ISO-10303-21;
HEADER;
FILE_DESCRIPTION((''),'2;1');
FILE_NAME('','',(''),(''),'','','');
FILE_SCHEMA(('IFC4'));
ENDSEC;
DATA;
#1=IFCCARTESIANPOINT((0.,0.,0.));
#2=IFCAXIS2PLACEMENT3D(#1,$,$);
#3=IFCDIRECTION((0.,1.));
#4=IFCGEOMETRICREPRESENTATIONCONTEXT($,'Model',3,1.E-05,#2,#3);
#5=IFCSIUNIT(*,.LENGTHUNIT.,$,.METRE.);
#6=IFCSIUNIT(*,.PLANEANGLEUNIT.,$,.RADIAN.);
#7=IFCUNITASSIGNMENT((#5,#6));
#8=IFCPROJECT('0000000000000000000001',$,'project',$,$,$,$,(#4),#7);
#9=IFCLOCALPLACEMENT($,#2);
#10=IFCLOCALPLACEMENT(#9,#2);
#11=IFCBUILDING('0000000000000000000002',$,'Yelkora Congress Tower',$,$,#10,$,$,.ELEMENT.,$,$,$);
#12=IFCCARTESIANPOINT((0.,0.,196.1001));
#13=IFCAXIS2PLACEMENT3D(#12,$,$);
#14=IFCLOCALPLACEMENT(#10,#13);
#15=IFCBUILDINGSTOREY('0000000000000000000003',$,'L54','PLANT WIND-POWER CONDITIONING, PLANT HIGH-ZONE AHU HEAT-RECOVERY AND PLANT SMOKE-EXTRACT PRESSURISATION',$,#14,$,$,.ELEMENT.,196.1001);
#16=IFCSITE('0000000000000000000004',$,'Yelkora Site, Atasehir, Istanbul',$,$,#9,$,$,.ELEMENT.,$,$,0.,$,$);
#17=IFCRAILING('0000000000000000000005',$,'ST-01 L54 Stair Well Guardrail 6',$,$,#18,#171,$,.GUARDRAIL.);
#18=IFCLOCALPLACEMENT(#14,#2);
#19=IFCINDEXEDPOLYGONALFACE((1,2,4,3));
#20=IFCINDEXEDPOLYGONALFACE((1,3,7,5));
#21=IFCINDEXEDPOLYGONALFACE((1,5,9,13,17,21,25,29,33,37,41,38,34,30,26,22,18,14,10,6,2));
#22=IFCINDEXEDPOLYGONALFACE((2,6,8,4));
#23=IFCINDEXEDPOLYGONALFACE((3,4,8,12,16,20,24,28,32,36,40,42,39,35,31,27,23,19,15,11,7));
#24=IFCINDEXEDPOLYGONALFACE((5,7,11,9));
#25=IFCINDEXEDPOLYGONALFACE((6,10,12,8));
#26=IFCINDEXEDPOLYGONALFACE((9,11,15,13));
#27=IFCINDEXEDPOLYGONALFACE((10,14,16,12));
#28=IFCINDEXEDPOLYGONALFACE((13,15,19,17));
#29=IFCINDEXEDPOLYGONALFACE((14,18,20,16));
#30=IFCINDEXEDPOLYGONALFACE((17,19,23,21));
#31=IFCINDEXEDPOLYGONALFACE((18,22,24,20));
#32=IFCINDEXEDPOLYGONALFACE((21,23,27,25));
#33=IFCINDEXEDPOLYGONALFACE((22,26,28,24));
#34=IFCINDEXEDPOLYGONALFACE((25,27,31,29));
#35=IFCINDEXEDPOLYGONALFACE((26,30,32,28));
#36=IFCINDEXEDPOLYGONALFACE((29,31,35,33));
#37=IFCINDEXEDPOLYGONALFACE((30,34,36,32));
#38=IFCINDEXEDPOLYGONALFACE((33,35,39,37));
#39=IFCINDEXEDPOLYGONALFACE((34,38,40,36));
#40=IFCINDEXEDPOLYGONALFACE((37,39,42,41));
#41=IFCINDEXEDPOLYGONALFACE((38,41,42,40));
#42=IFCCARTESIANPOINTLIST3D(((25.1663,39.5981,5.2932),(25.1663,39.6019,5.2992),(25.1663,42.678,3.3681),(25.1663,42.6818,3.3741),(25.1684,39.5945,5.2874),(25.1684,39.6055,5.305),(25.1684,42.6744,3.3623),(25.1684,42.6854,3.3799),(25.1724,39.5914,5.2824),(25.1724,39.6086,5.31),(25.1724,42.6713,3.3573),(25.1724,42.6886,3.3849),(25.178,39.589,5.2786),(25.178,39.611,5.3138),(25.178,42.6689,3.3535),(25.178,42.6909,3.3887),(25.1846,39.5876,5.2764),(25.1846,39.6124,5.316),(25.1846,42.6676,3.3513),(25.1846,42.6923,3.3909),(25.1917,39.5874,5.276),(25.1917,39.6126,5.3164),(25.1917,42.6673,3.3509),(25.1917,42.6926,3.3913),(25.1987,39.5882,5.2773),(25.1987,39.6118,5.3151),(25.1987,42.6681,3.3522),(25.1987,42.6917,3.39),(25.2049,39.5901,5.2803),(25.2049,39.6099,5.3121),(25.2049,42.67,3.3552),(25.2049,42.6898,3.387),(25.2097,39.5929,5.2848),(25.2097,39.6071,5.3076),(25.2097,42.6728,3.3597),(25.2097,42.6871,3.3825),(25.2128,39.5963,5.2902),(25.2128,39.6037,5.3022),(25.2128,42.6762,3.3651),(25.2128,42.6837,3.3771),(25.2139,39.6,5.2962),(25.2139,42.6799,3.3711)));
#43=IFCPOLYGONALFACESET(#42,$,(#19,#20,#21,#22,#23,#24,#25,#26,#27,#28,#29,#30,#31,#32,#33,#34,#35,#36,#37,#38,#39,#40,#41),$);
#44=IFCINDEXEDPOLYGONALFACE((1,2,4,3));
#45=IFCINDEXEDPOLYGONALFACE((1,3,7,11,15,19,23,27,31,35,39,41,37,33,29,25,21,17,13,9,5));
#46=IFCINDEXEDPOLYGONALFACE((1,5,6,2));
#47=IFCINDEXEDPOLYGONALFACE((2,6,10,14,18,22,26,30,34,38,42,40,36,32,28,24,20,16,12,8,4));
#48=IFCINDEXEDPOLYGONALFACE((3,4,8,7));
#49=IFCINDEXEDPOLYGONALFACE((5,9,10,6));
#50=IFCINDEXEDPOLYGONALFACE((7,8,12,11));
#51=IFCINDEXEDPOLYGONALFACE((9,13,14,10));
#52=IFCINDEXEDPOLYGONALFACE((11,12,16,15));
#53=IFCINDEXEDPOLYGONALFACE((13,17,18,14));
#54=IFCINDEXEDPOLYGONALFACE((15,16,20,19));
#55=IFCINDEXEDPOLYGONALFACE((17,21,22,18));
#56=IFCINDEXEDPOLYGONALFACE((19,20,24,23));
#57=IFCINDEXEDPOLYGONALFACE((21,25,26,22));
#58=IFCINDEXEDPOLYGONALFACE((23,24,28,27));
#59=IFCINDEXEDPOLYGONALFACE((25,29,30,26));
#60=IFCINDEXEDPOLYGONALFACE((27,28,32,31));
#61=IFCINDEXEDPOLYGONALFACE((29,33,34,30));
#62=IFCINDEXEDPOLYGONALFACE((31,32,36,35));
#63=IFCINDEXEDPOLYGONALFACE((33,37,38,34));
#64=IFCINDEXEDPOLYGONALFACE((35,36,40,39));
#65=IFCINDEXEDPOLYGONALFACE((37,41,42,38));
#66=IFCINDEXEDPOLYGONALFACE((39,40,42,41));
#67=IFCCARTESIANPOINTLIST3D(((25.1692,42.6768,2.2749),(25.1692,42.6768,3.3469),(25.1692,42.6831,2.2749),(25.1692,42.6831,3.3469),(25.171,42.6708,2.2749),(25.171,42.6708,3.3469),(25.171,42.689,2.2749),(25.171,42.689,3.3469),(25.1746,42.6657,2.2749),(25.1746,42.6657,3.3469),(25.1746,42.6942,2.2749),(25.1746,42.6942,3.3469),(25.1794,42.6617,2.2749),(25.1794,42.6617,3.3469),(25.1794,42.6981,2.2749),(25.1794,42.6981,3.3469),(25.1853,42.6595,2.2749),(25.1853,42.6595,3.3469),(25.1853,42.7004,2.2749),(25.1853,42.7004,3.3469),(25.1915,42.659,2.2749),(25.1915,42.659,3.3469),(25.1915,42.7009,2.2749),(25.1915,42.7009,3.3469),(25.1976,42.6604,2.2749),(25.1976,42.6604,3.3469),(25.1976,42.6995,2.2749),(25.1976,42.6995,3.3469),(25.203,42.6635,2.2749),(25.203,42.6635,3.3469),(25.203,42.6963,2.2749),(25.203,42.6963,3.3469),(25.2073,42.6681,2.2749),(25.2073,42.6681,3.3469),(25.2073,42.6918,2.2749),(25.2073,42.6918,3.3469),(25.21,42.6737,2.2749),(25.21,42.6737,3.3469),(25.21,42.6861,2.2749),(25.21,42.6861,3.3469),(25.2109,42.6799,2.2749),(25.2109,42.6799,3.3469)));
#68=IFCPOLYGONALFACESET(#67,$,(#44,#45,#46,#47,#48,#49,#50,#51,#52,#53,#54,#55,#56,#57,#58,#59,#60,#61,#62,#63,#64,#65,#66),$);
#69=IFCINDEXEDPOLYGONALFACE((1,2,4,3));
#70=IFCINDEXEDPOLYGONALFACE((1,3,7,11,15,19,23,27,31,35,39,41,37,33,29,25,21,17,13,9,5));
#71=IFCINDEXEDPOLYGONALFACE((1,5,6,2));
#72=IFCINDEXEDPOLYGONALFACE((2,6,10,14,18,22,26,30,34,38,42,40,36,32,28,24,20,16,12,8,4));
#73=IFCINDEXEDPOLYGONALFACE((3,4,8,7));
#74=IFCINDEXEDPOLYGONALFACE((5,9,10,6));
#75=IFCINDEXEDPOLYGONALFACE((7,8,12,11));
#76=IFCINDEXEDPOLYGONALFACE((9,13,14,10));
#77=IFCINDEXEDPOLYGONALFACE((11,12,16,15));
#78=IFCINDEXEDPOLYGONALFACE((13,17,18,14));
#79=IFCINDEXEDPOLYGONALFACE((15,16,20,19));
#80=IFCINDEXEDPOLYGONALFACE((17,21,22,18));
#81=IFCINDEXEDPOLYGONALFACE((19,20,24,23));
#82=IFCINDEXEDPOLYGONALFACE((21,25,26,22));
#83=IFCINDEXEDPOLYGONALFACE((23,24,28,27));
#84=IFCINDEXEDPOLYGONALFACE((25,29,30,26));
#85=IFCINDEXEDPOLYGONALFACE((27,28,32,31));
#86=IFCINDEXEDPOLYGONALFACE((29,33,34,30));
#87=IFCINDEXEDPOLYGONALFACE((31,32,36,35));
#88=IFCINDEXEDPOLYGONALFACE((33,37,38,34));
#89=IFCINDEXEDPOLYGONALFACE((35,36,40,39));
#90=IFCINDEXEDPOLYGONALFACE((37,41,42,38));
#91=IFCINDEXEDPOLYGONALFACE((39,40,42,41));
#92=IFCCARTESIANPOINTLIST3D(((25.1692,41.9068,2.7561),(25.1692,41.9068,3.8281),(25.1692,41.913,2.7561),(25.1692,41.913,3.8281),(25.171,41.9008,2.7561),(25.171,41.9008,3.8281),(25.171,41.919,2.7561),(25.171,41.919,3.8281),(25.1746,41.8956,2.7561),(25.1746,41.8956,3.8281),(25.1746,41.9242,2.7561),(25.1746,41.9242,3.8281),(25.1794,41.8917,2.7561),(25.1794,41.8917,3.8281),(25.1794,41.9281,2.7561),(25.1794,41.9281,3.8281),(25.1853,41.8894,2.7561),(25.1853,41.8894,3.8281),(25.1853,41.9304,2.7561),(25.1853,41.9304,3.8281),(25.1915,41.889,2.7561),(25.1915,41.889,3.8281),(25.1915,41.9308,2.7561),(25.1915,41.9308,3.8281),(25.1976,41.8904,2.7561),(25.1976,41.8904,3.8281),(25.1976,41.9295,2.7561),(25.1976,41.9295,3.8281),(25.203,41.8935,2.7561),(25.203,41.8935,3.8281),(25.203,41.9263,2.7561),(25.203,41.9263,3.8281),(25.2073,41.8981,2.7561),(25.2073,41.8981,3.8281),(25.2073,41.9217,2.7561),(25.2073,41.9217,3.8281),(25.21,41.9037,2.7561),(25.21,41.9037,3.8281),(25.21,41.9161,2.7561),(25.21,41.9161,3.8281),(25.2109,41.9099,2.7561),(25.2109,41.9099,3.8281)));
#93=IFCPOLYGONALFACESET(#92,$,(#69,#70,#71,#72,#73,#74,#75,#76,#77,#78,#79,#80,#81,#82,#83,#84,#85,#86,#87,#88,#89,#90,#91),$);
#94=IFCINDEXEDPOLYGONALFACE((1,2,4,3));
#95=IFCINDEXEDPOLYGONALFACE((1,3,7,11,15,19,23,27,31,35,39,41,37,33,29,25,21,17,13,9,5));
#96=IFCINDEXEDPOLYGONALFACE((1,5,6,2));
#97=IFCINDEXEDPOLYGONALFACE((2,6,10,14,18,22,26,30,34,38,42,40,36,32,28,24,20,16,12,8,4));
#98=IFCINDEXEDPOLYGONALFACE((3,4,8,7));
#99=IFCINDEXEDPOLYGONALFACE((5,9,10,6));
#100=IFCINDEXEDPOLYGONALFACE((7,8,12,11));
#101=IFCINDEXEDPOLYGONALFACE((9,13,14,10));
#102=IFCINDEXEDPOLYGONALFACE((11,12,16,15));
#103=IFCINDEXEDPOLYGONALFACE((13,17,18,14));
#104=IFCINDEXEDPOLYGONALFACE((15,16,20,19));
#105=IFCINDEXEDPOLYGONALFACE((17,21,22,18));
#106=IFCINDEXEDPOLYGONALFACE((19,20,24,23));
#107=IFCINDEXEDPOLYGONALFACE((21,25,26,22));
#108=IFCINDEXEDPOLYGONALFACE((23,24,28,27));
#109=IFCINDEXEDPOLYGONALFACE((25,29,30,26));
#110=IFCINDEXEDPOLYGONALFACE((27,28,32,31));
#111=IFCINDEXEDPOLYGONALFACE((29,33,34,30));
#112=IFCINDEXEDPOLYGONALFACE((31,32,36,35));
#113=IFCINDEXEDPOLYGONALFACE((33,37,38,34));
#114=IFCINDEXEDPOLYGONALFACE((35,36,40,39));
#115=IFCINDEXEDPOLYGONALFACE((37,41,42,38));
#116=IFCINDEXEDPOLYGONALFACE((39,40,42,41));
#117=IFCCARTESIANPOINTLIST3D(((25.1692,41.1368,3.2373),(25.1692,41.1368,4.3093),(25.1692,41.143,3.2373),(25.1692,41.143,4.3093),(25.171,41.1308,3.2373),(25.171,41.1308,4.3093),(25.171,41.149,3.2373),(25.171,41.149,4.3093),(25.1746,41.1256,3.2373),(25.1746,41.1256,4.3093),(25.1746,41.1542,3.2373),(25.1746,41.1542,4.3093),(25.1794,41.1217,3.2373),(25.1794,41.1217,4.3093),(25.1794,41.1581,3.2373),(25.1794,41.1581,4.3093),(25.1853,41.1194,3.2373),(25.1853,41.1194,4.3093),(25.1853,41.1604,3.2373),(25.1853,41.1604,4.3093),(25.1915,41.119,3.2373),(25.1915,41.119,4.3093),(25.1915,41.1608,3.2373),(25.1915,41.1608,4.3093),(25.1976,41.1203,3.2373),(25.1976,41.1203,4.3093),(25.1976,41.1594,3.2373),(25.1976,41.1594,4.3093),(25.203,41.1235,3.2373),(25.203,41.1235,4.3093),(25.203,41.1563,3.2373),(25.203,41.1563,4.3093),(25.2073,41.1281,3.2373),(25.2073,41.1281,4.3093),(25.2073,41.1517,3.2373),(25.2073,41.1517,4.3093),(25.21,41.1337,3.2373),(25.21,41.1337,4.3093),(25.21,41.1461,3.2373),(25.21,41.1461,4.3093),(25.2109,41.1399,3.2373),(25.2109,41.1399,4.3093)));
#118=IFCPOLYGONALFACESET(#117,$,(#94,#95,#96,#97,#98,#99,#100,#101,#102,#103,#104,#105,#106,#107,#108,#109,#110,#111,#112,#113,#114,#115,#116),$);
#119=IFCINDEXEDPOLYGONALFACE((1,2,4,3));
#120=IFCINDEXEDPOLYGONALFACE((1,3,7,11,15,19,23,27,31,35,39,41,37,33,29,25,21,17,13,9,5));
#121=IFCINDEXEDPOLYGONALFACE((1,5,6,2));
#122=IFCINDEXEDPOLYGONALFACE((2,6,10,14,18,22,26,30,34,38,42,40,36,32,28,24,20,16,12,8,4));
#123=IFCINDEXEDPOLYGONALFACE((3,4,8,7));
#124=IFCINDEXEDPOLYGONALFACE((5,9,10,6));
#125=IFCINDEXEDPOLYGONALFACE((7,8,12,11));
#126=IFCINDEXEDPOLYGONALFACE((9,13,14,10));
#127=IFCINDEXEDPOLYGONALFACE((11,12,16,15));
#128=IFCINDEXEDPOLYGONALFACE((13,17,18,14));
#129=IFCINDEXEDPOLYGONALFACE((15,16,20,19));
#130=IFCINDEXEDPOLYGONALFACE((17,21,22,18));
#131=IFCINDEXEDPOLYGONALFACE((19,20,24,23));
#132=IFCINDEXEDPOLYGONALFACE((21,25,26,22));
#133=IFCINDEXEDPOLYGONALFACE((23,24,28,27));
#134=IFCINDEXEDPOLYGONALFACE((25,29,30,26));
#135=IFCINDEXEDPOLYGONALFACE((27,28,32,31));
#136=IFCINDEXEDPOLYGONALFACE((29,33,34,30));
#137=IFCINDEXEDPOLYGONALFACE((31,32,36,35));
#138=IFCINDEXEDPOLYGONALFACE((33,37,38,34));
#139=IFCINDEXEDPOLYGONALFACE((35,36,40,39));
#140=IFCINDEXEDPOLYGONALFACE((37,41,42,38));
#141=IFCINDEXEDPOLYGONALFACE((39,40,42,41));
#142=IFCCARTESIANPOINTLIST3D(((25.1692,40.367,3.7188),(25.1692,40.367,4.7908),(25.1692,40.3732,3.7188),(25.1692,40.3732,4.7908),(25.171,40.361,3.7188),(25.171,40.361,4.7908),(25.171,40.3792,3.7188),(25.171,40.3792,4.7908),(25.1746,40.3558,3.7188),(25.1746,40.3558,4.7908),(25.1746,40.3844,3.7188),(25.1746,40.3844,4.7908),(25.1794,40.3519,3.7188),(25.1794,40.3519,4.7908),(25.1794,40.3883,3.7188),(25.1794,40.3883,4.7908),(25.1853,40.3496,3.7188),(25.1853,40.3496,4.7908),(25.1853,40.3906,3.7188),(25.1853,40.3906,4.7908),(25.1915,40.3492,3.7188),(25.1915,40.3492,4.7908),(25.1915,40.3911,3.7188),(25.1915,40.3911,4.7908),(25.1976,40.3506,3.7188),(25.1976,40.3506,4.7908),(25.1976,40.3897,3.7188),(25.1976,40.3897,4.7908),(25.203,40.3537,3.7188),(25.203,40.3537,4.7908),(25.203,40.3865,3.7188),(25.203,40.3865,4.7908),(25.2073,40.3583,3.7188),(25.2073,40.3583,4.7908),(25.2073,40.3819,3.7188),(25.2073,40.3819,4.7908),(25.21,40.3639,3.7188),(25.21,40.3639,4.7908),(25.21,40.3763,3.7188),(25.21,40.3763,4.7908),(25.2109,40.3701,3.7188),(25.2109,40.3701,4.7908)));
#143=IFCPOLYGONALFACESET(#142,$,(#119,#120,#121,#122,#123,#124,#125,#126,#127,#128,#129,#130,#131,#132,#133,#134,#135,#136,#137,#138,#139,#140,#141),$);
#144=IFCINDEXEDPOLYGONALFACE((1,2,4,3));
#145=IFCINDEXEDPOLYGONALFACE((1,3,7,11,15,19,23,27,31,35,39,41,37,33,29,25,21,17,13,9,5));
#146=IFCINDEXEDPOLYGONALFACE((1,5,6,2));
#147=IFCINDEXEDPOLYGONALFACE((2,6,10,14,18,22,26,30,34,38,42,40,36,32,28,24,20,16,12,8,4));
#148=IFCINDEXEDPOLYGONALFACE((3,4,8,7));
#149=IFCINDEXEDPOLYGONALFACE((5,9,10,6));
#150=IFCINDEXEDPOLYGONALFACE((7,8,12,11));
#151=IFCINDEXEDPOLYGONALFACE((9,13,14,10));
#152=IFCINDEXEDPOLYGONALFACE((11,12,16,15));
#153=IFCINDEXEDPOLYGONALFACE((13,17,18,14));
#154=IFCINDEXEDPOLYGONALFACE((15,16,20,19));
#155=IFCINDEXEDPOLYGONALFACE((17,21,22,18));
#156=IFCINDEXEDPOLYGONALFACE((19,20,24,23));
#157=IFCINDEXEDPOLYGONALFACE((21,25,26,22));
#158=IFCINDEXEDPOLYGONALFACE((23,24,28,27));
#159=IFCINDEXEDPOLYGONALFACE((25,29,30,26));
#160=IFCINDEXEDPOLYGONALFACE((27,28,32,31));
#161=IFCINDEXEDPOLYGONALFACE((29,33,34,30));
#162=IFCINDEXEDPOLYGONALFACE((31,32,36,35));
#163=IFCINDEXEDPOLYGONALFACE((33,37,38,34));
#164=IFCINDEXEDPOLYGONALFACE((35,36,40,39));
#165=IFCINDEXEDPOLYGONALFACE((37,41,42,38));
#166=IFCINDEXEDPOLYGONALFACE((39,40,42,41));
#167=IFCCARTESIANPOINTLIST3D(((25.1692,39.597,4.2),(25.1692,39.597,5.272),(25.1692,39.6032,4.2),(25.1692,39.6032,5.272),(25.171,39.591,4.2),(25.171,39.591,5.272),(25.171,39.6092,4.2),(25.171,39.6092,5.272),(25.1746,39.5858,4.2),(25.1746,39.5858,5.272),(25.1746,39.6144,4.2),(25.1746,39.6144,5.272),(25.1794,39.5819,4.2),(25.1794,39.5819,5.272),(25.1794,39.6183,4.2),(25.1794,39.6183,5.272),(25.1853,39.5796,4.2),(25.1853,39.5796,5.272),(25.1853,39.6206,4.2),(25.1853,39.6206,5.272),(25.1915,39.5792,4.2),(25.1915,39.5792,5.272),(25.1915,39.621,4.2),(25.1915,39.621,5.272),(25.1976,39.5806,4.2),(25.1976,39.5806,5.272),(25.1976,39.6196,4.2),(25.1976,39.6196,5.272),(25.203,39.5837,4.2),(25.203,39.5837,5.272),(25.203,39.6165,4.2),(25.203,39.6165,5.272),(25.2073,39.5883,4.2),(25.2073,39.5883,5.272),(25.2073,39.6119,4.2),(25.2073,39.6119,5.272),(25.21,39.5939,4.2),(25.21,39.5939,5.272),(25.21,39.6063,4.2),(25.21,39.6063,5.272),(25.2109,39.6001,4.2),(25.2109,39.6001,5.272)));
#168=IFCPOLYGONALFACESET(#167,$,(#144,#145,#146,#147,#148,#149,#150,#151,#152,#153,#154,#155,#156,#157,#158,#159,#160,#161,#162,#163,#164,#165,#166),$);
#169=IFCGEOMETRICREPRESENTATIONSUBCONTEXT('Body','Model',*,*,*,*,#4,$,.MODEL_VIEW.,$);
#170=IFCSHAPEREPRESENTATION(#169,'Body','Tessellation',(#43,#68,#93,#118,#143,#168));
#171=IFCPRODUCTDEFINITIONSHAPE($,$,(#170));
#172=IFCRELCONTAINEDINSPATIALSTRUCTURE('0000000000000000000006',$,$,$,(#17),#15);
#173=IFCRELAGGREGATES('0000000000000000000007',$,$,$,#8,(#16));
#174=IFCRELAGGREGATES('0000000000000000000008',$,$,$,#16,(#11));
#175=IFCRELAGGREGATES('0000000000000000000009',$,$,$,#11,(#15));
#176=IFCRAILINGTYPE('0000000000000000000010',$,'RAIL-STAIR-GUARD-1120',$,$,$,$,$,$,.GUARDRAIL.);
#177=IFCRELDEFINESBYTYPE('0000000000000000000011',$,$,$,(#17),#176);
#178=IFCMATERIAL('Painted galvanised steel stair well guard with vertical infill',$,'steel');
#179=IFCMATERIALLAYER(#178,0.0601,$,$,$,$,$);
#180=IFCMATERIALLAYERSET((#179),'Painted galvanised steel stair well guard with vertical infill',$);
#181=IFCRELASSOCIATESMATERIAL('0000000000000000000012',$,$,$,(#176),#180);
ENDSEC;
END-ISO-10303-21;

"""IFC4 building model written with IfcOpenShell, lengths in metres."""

from ifc_helpers import new_model, si_unit, direction, frame, origin, origin_2d, place, context, subcontext, project, spatial, circle, extrude, material, layer, layer_set, type_object, element, save


model = new_model("IFC4")

# Units and contexts
model_context = context("Model", 3, precision=1e-05, world=origin(), true_north=direction((0.0, 1.0)))
body_context = subcontext(model_context, "Body", "Model", "MODEL_VIEW")
ifc_project = project(units=[si_unit("LENGTHUNIT", "METRE"), si_unit("PLANEANGLEUNIT", "RADIAN")], contexts=[model_context])

# Site, building, storey
site_placement = place(None, origin())
site = spatial("IfcSite", under=ifc_project, at=site_placement, Name="Yelkora Site, Atasehir, Istanbul", CompositionType="ELEMENT", RefElevation=0.0)
building_placement = place(site_placement, origin())
building = spatial("IfcBuilding", under=site, at=building_placement, Name="Yelkora Congress Tower", CompositionType="ELEMENT")
storey_placement = place(building_placement, frame((0.0, 0.0, 196.1001)))
storey = spatial("IfcBuildingStorey", under=building, at=storey_placement, Name="L54", Description="PLANT WIND-POWER CONDITIONING, PLANT HIGH-ZONE AHU HEAT-RECOVERY AND PLANT SMOKE-EXTRACT PRESSURISATION", CompositionType="ELEMENT", Elevation=196.1001)

# Railing
ifc_material_1 = material(Name="Painted galvanised steel stair well guard with vertical infill", Category="steel")
ifc_layer_1 = layer(ifc_material_1, 0.0601)
ifc_layer_set_1 = layer_set([ifc_layer_1], Name="Painted galvanised steel stair well guard with vertical infill")
railing_type_1 = type_object("IfcRailingType", Name="RAIL-STAIR-GUARD-1120", PredefinedType="GUARDRAIL", material=ifc_layer_set_1)
railing_1_placement = place(storey_placement, frame((25.1899, 42.6799, 2.2749)))
element("IfcRailing", 1, at=railing_1_placement, inside=storey, type_object=railing_type_1, Name="ST-01 L54 Stair Well Guardrail 6", PredefinedType="GUARDRAIL", context=body_context, shape_type="SweptSolid", body=[
    extrude(circle(Radius=0.0239, at=origin_2d()), frame((0.0, 0.0, 1.0962), z_axis=(0.0, -0.847979, 0.530029), x_axis=(1.0, 0.0, 0.0)), (0.0, 0.0, 1.0), 3.6321),
    extrude(circle(Radius=0.021, at=origin_2d()), origin(), (0.0, 0.0, 1.0), 1.072),
    extrude(circle(Radius=0.021, at=origin_2d()), frame((0.0, -0.77, 0.4812)), (0.0, 0.0, 1.0), 1.072),
    extrude(circle(Radius=0.021, at=origin_2d()), frame((0.0, -1.54, 0.9624)), (0.0, 0.0, 1.0), 1.072),
    extrude(circle(Radius=0.021, at=origin_2d()), frame((0.0, -2.3098, 1.4438)), (0.0, 0.0, 1.0), 1.072),
    extrude(circle(Radius=0.021, at=origin_2d()), frame((0.0, -3.0798, 1.925)), (0.0, 0.0, 1.0), 1.072),
])

save(model, "model.ifc")
